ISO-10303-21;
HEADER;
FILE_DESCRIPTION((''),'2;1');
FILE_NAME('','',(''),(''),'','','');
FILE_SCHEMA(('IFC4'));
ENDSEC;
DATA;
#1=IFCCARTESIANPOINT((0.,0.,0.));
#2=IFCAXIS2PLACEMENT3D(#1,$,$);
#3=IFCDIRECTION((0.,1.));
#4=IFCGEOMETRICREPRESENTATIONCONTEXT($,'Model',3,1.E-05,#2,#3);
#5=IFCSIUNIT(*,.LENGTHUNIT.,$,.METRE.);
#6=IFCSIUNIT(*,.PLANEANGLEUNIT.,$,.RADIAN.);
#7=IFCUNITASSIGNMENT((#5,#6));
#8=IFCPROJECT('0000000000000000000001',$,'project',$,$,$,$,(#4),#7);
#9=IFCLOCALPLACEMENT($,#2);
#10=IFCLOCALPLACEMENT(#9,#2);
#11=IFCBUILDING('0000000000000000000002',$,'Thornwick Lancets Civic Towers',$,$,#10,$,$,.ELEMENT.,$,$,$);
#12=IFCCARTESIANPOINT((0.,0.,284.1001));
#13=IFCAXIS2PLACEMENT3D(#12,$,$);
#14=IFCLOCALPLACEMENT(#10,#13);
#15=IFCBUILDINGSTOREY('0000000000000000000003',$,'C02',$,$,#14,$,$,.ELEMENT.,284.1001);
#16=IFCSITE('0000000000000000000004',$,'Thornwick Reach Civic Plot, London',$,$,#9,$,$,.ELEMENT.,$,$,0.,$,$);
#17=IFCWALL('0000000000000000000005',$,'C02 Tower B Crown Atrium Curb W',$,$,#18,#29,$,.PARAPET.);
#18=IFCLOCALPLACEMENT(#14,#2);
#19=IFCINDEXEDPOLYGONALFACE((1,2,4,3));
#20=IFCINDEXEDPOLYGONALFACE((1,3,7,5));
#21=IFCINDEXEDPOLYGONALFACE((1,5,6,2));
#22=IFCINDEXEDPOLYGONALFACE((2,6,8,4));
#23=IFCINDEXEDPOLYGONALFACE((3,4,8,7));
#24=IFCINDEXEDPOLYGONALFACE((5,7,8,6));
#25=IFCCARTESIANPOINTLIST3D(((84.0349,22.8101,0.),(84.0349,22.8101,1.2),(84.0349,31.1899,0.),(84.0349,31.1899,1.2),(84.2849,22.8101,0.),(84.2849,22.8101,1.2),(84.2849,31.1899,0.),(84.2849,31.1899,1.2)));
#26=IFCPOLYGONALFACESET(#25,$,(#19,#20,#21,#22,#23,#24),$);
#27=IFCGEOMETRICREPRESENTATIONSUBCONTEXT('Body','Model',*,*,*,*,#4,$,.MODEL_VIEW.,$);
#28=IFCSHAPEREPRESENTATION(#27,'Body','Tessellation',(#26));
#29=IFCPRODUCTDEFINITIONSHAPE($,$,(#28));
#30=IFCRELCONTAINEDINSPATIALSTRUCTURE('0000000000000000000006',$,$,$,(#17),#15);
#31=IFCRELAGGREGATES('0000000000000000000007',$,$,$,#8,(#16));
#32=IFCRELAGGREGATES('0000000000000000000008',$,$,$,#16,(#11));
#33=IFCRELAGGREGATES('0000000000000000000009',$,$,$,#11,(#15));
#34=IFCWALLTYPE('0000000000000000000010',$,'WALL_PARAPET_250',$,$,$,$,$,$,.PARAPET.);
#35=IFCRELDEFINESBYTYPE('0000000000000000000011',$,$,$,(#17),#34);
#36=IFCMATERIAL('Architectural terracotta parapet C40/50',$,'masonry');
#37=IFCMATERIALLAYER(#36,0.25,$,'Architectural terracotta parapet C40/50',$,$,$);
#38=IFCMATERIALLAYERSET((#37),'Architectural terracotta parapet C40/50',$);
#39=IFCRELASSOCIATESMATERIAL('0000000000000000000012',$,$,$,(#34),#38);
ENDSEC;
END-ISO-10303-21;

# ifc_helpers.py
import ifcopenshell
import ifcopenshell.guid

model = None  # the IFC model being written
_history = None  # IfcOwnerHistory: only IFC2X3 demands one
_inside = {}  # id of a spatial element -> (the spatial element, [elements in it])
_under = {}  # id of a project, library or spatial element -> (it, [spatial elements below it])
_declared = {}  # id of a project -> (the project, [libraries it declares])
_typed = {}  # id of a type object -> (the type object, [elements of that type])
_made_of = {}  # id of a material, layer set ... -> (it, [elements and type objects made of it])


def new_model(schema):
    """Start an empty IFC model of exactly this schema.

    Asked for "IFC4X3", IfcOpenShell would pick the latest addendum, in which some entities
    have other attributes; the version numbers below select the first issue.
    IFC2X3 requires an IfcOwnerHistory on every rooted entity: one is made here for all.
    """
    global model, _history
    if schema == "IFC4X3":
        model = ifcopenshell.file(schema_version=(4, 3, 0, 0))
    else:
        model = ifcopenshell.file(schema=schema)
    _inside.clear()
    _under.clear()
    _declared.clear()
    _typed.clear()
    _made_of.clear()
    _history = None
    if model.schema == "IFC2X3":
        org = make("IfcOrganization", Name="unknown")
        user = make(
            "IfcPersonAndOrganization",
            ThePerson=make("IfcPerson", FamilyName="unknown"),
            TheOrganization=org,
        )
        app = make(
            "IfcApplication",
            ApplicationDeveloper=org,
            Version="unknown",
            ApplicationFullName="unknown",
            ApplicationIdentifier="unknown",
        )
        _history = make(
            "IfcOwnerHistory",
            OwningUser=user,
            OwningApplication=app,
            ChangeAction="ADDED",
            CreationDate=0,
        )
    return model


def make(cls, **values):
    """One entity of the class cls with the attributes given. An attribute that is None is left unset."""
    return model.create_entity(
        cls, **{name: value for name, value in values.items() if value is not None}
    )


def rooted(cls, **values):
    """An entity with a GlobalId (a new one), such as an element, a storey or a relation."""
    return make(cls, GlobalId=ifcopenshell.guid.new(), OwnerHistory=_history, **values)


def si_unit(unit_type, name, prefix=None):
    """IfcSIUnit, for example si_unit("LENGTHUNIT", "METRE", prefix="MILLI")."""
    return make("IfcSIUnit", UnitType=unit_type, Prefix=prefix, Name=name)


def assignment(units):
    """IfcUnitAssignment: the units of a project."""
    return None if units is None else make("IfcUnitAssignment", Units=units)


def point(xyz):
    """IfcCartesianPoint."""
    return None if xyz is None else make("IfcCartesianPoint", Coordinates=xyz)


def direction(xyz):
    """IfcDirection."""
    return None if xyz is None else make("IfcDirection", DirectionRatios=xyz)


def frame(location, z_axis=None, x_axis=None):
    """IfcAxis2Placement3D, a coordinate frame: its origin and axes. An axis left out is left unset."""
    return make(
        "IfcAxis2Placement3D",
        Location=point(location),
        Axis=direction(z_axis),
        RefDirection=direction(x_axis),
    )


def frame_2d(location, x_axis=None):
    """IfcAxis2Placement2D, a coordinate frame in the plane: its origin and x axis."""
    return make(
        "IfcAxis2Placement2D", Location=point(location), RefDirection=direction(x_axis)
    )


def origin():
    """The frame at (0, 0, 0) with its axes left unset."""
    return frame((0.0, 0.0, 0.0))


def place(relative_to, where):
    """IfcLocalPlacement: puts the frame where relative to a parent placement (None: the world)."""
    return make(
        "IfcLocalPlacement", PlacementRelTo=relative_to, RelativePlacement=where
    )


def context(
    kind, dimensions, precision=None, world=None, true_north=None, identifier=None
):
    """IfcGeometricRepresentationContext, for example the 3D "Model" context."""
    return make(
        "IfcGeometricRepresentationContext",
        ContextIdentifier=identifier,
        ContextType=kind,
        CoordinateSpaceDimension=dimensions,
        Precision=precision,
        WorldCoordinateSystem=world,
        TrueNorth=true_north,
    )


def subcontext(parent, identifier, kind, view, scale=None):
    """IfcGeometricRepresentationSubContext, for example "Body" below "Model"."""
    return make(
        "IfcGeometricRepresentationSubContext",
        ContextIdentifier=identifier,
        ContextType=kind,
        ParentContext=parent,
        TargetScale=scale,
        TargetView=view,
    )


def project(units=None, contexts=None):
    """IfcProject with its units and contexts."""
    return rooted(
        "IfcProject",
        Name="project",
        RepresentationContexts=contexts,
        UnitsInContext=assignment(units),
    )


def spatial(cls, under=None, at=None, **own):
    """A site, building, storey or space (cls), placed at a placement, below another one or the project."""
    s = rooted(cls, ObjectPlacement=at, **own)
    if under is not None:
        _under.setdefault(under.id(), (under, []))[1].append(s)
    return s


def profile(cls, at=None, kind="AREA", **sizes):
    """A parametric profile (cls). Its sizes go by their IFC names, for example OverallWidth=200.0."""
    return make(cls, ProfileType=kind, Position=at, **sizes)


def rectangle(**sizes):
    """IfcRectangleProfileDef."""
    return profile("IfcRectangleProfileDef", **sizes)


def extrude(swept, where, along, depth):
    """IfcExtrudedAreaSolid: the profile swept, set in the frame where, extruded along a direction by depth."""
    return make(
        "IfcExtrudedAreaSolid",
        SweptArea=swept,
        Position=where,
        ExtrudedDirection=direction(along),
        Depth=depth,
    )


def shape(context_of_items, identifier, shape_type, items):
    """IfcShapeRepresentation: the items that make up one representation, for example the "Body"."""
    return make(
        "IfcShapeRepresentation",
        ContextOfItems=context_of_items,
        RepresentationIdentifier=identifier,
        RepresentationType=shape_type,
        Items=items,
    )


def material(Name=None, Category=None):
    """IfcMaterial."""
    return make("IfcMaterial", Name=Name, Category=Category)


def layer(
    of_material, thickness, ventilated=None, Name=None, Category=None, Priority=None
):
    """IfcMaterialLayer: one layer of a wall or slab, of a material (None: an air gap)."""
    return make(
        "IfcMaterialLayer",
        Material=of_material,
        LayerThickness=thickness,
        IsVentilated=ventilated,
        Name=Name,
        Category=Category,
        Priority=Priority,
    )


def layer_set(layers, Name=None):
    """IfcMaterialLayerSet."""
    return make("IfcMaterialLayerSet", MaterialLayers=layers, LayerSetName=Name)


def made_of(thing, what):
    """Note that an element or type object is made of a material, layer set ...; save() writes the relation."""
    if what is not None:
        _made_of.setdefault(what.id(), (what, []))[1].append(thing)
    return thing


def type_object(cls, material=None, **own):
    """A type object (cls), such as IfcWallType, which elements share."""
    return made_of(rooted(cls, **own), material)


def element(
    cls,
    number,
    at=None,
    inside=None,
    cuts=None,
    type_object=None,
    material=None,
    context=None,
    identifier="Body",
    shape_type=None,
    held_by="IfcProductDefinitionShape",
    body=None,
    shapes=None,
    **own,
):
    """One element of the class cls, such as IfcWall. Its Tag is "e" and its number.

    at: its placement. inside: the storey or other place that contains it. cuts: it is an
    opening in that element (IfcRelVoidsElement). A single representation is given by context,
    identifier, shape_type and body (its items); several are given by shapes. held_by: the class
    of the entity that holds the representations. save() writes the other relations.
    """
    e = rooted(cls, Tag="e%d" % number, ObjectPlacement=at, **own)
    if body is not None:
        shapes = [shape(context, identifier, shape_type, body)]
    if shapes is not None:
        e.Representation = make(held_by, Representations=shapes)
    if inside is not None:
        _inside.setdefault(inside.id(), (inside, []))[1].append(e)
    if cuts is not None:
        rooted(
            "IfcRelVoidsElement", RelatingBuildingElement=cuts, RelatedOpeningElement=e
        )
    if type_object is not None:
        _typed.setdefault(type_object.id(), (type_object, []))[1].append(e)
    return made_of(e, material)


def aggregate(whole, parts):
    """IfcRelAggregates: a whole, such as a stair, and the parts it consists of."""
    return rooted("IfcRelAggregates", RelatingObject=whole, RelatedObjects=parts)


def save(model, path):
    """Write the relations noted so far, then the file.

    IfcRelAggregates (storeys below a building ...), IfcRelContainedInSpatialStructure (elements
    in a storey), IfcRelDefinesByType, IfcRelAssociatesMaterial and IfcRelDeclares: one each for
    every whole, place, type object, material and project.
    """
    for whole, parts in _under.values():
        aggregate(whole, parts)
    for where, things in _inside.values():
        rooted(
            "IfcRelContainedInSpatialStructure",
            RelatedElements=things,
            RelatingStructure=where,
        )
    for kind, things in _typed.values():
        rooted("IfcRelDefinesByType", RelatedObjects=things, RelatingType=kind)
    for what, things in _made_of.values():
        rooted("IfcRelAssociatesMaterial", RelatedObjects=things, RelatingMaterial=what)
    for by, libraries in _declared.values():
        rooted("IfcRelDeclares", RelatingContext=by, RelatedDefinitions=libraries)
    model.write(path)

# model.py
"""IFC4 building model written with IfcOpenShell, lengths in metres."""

from ifc_helpers import new_model, si_unit, direction, frame, frame_2d, origin, place, context, subcontext, project, spatial, rectangle, extrude, material, layer, layer_set, type_object, element, save


model = new_model("IFC4")

# Units and contexts
model_context = context("Model", 3, precision=1e-05, world=origin(), true_north=direction((0.0, 1.0)))
body_context = subcontext(model_context, "Body", "Model", "MODEL_VIEW")
ifc_project = project(units=[si_unit("LENGTHUNIT", "METRE"), si_unit("PLANEANGLEUNIT", "RADIAN")], contexts=[model_context])

# Site, building, storey
site_placement = place(None, origin())
site = spatial("IfcSite", under=ifc_project, at=site_placement, Name="Thornwick Reach Civic Plot, London", CompositionType="ELEMENT", RefElevation=0.0)
building_placement = place(site_placement, origin())
building = spatial("IfcBuilding", under=site, at=building_placement, Name="Thornwick Lancets Civic Towers", CompositionType="ELEMENT")
storey_placement = place(building_placement, frame((0.0, 0.0, 284.1001)))
storey = spatial("IfcBuildingStorey", under=building, at=storey_placement, Name="C02", CompositionType="ELEMENT", Elevation=284.1001)

# Wall
ifc_material_1 = material(Name="Architectural terracotta parapet C40/50", Category="masonry")
ifc_layer_1 = layer(ifc_material_1, 0.25, Name="Architectural terracotta parapet C40/50")
ifc_layer_set_1 = layer_set([ifc_layer_1], Name="Architectural terracotta parapet C40/50")
wall_type = type_object("IfcWallType", Name="WALL_PARAPET_250", PredefinedType="PARAPET", material=ifc_layer_set_1)
wall_placement = place(storey_placement, frame((84.1599, 31.1899, 0.0), z_axis=(0.0, 0.0, 1.0), x_axis=(0.0, -1.0, 0.0)))
element("IfcWall", 1, at=wall_placement, inside=storey, type_object=wall_type, Name="C02 Tower B Crown Atrium Curb W", PredefinedType="PARAPET", context=body_context, shape_type="SweptSolid", body=[
    extrude(rectangle(XDim=8.3799, YDim=0.25, at=frame_2d((4.1899, 0.0))), origin(), (0.0, 0.0, 1.0), 1.2),
])

save(model, "model.ifc")
